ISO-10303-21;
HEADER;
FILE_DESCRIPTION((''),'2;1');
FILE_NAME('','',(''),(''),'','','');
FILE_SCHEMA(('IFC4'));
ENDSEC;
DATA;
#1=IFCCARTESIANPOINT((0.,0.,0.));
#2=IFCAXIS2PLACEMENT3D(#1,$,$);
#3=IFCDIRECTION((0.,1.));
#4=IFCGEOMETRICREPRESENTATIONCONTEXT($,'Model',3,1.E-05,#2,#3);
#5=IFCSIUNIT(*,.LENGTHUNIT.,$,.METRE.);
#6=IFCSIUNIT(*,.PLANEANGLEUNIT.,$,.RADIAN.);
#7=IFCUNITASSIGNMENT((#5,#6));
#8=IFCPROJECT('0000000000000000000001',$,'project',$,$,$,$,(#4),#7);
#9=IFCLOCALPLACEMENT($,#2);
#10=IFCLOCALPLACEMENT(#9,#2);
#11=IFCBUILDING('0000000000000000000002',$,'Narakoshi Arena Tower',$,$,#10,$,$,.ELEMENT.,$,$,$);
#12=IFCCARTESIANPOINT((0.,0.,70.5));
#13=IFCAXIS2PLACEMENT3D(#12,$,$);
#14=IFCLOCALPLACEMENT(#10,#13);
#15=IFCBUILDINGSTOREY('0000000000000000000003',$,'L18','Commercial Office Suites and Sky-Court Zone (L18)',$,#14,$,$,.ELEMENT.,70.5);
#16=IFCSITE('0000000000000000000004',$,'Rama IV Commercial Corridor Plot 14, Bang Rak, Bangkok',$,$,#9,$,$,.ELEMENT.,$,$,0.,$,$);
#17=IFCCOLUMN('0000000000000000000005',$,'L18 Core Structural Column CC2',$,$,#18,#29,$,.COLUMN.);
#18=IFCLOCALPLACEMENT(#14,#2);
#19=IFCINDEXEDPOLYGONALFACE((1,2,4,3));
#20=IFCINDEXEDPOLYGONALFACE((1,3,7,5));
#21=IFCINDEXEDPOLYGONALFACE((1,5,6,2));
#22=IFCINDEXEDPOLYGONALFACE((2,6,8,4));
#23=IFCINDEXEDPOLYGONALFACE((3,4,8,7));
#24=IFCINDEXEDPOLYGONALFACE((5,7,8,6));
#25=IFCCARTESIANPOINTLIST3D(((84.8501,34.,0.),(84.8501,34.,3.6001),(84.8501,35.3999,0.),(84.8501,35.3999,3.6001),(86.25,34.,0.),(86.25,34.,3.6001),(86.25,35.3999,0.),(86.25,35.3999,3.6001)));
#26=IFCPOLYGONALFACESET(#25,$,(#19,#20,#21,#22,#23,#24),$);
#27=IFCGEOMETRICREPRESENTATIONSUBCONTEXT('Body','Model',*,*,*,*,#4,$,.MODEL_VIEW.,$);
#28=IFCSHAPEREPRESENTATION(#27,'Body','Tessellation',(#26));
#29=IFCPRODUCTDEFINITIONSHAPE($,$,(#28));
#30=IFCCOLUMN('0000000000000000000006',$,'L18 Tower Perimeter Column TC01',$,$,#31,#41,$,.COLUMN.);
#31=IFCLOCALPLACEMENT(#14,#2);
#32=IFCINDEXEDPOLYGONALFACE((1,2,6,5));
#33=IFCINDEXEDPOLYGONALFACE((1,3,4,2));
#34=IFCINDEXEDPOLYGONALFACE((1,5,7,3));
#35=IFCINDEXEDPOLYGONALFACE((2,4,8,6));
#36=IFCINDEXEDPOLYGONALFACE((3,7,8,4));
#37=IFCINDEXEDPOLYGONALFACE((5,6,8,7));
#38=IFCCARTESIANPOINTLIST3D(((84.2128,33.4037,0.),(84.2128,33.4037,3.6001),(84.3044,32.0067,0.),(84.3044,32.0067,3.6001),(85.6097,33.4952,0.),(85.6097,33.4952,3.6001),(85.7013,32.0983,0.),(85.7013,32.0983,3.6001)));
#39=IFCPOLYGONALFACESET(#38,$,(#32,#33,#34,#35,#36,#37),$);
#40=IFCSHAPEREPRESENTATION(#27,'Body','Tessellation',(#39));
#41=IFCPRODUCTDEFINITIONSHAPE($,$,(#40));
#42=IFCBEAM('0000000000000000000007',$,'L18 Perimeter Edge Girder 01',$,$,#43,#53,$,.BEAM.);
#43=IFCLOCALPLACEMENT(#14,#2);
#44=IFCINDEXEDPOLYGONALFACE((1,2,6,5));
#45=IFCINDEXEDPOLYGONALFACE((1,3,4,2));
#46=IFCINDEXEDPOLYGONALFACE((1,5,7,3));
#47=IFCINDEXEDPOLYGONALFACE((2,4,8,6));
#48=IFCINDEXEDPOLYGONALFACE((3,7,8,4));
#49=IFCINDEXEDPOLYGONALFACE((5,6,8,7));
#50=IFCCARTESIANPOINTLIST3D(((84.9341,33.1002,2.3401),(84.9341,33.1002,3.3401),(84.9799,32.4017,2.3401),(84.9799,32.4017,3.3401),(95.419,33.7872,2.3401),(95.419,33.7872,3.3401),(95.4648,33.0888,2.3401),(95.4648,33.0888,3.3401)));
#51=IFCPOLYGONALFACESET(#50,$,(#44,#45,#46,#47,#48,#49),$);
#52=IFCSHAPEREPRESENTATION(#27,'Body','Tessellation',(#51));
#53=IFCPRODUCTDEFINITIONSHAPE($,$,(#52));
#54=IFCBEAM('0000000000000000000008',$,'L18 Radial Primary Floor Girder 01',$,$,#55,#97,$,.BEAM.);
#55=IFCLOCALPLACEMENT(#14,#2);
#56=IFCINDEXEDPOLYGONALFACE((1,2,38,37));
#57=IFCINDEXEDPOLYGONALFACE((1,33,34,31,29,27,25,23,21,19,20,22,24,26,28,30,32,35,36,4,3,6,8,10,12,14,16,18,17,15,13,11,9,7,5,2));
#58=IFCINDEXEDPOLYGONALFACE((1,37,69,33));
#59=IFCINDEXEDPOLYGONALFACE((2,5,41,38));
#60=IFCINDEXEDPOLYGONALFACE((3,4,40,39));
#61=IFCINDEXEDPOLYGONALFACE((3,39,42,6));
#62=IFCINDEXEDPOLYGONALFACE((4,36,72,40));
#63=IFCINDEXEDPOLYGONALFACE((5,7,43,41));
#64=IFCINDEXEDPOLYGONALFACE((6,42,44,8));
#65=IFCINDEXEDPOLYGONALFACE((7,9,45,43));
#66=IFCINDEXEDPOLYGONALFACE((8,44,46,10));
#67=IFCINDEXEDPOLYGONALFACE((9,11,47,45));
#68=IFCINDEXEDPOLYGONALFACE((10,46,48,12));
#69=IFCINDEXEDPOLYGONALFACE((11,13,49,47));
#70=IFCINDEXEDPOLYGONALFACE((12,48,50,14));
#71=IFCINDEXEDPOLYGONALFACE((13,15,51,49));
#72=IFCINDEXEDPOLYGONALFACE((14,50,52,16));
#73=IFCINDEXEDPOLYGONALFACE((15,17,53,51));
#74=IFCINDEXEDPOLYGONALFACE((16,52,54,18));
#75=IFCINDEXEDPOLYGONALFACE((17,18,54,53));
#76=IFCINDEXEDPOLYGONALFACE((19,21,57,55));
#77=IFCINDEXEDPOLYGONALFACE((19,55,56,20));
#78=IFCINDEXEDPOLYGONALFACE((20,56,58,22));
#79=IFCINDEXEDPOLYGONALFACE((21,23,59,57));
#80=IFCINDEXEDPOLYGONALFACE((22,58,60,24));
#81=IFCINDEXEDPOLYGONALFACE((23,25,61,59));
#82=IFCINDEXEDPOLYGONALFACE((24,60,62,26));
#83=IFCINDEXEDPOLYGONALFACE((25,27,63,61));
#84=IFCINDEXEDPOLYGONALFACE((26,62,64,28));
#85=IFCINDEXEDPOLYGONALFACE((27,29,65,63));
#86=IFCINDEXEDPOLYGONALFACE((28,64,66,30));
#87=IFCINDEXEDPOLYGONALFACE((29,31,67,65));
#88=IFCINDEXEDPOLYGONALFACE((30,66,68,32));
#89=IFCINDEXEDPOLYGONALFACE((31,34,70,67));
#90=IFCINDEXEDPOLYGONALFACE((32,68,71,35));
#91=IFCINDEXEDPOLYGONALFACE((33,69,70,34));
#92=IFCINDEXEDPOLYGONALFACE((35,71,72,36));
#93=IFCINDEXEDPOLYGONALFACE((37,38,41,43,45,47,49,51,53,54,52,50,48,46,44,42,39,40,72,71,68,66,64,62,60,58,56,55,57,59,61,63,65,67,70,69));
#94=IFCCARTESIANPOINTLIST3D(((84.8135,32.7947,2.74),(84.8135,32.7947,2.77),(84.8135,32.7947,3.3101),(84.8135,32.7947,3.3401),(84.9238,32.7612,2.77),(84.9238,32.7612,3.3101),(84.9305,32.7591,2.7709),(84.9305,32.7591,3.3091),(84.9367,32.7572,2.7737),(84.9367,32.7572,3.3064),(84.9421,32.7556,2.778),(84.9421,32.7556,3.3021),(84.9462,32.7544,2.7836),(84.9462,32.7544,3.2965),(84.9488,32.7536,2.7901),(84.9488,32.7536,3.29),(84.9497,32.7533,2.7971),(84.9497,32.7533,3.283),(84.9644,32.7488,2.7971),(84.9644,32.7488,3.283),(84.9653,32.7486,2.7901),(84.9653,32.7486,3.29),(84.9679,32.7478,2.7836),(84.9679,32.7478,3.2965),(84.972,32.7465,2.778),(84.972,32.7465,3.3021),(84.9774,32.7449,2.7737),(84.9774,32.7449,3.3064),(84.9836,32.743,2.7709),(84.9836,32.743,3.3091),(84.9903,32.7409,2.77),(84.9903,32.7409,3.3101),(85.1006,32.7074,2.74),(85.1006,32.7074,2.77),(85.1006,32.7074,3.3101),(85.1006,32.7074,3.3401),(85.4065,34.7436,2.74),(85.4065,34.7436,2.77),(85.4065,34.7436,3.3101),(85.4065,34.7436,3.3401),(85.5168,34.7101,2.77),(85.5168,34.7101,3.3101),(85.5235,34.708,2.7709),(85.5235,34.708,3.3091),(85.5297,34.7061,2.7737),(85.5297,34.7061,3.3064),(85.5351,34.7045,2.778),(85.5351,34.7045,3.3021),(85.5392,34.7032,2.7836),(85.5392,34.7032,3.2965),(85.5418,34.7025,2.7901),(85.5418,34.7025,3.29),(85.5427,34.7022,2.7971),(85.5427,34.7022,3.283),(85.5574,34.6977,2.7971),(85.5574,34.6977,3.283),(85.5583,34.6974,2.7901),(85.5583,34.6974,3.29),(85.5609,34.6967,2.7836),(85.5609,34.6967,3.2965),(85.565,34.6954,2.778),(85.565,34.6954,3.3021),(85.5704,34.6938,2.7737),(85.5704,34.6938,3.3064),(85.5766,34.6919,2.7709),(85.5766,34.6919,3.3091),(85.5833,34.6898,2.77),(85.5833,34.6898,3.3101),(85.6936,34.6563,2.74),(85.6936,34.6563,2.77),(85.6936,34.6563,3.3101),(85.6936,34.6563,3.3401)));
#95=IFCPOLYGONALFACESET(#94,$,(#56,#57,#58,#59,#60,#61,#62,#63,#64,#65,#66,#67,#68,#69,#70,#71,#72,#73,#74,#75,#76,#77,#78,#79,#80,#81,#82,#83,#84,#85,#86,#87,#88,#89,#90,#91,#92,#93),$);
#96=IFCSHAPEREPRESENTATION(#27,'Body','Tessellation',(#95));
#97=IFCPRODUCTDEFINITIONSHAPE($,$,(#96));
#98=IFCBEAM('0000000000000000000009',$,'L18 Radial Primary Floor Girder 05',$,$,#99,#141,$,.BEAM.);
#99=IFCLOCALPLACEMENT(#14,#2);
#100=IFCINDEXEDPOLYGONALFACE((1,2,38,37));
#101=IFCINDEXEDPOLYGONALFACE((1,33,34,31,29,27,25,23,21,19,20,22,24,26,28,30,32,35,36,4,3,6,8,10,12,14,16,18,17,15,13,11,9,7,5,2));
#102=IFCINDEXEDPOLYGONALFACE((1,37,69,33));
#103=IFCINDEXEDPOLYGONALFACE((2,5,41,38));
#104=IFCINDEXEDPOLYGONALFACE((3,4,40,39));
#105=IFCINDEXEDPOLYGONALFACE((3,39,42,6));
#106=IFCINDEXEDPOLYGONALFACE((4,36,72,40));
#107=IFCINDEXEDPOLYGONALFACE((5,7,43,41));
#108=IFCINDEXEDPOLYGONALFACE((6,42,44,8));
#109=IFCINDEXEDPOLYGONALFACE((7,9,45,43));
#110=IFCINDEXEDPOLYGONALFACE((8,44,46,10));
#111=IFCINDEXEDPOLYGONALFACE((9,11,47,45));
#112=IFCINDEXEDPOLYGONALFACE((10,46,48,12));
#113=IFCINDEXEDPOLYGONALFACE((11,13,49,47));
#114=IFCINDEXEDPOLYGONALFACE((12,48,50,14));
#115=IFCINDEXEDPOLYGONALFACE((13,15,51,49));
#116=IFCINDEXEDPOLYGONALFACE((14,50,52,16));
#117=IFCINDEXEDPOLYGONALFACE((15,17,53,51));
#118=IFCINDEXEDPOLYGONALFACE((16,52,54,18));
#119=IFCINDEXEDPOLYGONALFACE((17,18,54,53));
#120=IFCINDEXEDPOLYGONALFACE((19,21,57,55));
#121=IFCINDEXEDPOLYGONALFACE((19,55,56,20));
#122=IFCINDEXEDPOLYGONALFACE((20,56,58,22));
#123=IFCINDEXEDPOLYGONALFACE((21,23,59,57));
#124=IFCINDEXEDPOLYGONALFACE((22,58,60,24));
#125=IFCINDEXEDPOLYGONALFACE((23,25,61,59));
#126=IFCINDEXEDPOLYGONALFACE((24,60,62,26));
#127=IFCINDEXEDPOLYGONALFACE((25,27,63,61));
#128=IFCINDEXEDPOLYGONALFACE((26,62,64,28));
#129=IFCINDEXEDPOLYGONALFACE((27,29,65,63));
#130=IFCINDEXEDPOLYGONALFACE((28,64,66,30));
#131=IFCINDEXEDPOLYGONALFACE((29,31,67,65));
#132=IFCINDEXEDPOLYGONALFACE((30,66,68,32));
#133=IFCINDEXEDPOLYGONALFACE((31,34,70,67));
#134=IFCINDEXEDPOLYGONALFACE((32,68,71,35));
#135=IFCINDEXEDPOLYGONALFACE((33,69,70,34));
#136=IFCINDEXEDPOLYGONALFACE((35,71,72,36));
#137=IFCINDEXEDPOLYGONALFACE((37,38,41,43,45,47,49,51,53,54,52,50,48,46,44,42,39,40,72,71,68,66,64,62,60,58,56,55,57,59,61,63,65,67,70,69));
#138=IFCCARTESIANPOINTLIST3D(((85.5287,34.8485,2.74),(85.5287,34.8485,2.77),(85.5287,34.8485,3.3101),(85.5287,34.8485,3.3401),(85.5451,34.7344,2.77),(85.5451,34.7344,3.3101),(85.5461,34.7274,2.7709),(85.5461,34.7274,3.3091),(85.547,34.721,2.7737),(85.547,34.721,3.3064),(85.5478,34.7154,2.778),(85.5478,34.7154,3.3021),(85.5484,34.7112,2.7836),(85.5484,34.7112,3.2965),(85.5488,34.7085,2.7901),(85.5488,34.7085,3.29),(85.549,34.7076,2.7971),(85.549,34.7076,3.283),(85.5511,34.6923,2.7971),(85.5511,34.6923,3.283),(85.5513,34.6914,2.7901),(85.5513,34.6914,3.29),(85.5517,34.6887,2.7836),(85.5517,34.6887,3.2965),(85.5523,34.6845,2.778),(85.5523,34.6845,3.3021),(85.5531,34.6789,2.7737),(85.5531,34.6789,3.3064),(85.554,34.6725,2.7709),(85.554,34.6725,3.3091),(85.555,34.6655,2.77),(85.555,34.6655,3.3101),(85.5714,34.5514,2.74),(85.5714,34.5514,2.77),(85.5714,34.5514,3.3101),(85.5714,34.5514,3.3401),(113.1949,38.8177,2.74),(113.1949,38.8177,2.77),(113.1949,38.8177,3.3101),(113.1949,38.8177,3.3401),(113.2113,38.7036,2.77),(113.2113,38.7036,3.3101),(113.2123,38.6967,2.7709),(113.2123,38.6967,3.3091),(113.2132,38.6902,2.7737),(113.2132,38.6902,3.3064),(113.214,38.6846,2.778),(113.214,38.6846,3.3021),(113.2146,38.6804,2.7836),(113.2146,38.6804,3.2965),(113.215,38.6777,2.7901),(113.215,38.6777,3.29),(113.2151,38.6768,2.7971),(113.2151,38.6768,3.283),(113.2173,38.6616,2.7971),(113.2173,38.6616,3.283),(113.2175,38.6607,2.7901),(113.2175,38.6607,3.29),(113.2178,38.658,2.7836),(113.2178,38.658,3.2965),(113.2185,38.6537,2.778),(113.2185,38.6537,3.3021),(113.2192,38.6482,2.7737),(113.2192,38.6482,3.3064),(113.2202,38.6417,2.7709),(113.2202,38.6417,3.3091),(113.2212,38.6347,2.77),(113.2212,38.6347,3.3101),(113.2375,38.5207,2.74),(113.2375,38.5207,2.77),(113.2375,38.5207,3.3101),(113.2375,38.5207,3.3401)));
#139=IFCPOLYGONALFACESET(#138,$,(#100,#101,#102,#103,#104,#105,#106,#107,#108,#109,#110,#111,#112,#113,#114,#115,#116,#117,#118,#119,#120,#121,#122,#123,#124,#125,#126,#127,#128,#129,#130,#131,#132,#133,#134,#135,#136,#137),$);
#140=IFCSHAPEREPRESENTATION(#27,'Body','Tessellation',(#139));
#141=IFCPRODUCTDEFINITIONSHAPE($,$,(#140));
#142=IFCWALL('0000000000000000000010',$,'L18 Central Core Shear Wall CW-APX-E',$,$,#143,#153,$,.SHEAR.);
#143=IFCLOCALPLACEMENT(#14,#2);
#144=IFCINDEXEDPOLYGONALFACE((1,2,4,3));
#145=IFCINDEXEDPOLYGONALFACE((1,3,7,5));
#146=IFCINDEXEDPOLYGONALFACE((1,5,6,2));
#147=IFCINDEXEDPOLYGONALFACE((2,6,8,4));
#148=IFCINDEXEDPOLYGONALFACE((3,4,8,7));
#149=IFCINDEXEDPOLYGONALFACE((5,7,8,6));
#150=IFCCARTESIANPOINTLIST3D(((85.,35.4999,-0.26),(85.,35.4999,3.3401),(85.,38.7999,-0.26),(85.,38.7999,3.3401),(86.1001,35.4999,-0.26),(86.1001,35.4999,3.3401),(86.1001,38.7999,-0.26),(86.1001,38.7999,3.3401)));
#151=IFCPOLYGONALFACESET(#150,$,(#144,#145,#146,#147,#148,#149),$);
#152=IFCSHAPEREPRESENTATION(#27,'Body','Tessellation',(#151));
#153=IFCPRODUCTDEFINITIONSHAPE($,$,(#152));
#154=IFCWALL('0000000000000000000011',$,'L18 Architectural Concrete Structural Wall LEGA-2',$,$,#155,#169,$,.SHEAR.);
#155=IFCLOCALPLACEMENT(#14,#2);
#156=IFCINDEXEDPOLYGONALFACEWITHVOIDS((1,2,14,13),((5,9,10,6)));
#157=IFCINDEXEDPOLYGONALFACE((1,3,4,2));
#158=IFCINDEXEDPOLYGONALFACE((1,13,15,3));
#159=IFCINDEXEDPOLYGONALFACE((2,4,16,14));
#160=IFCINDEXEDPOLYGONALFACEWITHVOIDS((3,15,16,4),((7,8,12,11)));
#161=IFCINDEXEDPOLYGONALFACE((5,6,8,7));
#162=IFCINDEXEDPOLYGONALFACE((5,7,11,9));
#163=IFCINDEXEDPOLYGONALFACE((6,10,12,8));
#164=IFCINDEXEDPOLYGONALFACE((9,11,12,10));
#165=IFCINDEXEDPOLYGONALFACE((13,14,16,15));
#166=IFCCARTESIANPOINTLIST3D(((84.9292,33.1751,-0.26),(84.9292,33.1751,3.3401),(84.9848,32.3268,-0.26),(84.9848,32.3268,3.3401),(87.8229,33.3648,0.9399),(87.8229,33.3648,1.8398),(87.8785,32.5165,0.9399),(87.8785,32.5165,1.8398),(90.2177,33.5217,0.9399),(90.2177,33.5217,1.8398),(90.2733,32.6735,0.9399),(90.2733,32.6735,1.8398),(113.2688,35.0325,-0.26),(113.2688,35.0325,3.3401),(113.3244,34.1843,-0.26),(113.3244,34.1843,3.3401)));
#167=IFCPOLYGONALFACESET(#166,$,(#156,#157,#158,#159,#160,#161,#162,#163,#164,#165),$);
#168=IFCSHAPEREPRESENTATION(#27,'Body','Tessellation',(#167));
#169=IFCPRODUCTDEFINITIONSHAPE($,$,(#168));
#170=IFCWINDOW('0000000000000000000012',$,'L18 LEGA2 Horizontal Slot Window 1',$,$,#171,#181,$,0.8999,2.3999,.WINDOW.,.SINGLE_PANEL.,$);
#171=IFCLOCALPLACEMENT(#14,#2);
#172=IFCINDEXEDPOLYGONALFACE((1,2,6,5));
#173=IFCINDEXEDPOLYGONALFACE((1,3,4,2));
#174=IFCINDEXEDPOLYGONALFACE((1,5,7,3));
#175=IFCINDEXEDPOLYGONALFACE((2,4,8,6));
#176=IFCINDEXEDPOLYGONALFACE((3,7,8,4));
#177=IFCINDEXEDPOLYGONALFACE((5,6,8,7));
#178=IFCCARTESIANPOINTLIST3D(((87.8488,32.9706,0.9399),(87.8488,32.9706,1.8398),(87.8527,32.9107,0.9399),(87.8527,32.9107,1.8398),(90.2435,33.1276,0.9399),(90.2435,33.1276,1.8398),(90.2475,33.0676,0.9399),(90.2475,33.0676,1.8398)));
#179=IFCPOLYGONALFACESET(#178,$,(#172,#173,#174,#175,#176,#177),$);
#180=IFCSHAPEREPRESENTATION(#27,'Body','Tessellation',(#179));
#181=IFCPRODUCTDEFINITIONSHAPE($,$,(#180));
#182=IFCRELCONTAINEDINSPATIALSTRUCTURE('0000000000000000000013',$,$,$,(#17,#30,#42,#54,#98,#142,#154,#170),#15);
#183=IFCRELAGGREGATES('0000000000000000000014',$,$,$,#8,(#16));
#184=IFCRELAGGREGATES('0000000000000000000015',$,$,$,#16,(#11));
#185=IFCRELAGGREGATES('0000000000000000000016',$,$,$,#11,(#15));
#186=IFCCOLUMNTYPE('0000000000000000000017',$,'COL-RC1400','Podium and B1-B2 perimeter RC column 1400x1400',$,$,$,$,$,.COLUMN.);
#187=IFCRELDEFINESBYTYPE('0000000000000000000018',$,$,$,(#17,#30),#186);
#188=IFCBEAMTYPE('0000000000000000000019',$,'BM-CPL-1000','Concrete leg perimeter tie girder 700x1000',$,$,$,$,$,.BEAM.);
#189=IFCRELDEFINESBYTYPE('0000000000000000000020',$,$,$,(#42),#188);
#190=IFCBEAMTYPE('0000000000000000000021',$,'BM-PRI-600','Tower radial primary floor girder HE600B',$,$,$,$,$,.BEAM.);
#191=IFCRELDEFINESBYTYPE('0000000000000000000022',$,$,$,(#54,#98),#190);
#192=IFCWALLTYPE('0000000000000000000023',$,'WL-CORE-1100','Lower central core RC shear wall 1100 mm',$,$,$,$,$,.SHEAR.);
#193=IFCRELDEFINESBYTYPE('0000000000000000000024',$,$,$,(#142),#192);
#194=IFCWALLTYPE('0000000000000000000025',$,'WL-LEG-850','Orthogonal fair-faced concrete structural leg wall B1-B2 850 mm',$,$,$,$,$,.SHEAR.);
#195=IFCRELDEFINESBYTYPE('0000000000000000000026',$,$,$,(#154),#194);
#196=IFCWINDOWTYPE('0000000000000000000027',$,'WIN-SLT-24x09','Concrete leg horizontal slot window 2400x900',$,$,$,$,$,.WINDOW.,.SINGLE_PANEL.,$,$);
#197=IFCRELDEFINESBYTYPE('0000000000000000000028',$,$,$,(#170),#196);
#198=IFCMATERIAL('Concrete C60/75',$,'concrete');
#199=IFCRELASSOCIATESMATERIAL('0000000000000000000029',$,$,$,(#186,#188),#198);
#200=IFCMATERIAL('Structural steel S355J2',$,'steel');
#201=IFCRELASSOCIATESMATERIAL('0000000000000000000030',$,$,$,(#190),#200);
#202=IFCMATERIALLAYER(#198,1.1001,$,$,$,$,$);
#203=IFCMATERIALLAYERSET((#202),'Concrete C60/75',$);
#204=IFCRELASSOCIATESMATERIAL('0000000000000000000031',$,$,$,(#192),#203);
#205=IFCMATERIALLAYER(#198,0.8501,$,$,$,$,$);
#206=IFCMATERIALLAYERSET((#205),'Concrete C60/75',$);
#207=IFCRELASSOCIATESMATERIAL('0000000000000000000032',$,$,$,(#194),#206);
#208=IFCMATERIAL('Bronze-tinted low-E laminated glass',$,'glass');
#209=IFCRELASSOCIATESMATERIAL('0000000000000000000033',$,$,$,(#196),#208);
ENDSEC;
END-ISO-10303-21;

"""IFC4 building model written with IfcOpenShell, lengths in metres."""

from ifc_helpers import new_model, si_unit, direction, frame, frame_2d, origin, origin_2d, place, context, subcontext, project, spatial, rectangle, i_section, extrude, material, layer, layer_set, material_profile, profile_set, type_object, element, fill, save


model = new_model("IFC4")

# Units and contexts
model_context = context("Model", 3, precision=1e-05, world=origin(), true_north=direction((0.0, 1.0)))
body_context = subcontext(model_context, "Body", "Model", "MODEL_VIEW")
ifc_project = project(units=[si_unit("LENGTHUNIT", "METRE"), si_unit("PLANEANGLEUNIT", "RADIAN")], contexts=[model_context])

# Site, building, storey
site_placement = place(None, origin())
site = spatial("IfcSite", under=ifc_project, at=site_placement, Name="Rama IV Commercial Corridor Plot 14, Bang Rak, Bangkok", CompositionType="ELEMENT", RefElevation=0.0)
building_placement = place(site_placement, origin())
building = spatial("IfcBuilding", under=site, at=building_placement, Name="Narakoshi Arena Tower", CompositionType="ELEMENT")
storey_placement = place(building_placement, frame((0.0, 0.0, 70.5)))
storey = spatial("IfcBuildingStorey", under=building, at=storey_placement, Name="L18", Description="Commercial Office Suites and Sky-Court Zone (L18)", CompositionType="ELEMENT", Elevation=70.5)

# Columns
ifc_material_1 = material(Name="Concrete C60/75", Category="concrete")
ifc_material_profile_1 = material_profile(ifc_material_1, rectangle(XDim=1.3999, YDim=1.3999, at=origin_2d()), Name="RC1400x1400")
ifc_profile_set_1 = profile_set([ifc_material_profile_1], Name="Concrete C60/75")
column_type = type_object("IfcColumnType", Name="COL-RC1400", Description="Podium and B1-B2 perimeter RC column 1400x1400", PredefinedType="COLUMN", material=ifc_profile_set_1)
for number, where, z_axis, x_axis, name in (
    (1, (85.55, 34.7, 0.0), (0.0, 0.0, 1.0), (1.0, 0.0, 0.0), "L18 Core Structural Column CC2"),
    (2, (84.957, 32.751, 0.0), (0.0, 0.0, 1.0), (0.997859, 0.065403, 0.0), "L18 Tower Perimeter Column TC01"),
):
    element("IfcColumn", number, at=place(storey_placement, frame(where, z_axis=z_axis, x_axis=x_axis)), inside=storey, type_object=column_type, Name=name, PredefinedType="COLUMN", context=body_context, shape_type="SweptSolid", body=[
        extrude(rectangle(XDim=1.3999, YDim=1.3999, at=origin_2d()), origin(), (0.0, 0.0, 1.0), 3.6001),
    ])

# Beams
ifc_material_profile_2 = material_profile(ifc_material_1, rectangle(XDim=0.7, YDim=1.0, at=origin_2d()), Name="RCB700x1000")
ifc_profile_set_2 = profile_set([ifc_material_profile_2], Name="Concrete C60/75")
beam_type_1 = type_object("IfcBeamType", Name="BM-CPL-1000", Description="Concrete leg perimeter tie girder 700x1000", PredefinedType="BEAM", material=ifc_profile_set_2)
beam_1_placement = place(storey_placement, frame((84.957, 32.751, 2.8401), z_axis=(0.99786, 0.065384, 0.0), x_axis=(-0.065384, 0.99786, 0.0)))
element("IfcBeam", 3, at=beam_1_placement, inside=storey, type_object=beam_type_1, Name="L18 Perimeter Edge Girder 01", PredefinedType="BEAM", context=body_context, shape_type="SweptSolid", body=[
    extrude(rectangle(XDim=0.7, YDim=1.0, at=origin_2d()), origin(), (0.0, 0.0, 1.0), 10.5073),
])
ifc_material_2 = material(Name="Structural steel S355J2", Category="steel")
ifc_material_profile_3 = material_profile(ifc_material_2, i_section(OverallWidth=0.3, OverallDepth=0.6001, WebThickness=0.0154, FlangeThickness=0.03, FilletRadius=0.0271, at=origin_2d()), Name="HE600B")
ifc_profile_set_3 = profile_set([ifc_material_profile_3], Name="Structural steel S355J2")
beam_type_2 = type_object("IfcBeamType", Name="BM-PRI-600", Description="Tower radial primary floor girder HE600B", PredefinedType="BEAM", material=ifc_profile_set_3)
beam_2_placement = place(storey_placement, frame((85.55, 34.7, 3.04), z_axis=(-0.291095, -0.956694, 0.0), x_axis=(0.956694, -0.291095, 0.0)))
element("IfcBeam", 4, at=beam_2_placement, inside=storey, type_object=beam_type_2, Name="L18 Radial Primary Floor Girder 01", PredefinedType="BEAM", context=body_context, shape_type="SweptSolid", body=[
    extrude(i_section(OverallWidth=0.3, OverallDepth=0.6001, WebThickness=0.0154, FlangeThickness=0.03, FilletRadius=0.0271, at=origin_2d()), origin(), (0.0, 0.0, 1.0), 2.0371),
])
beam_3_placement = place(storey_placement, frame((85.55, 34.7, 3.04), z_axis=(0.989865, 0.142014, 0.0), x_axis=(-0.142014, 0.989865, 0.0)))
element("IfcBeam", 5, at=beam_3_placement, inside=storey, type_object=beam_type_2, Name="L18 Radial Primary Floor Girder 05", PredefinedType="BEAM", context=body_context, shape_type="SweptSolid", body=[
    extrude(i_section(OverallWidth=0.3, OverallDepth=0.6001, WebThickness=0.0154, FlangeThickness=0.03, FilletRadius=0.0271, at=origin_2d()), origin(), (0.0, 0.0, 1.0), 27.9495),
])

# Wall
ifc_layer_1 = layer(ifc_material_1, 1.1001)
ifc_layer_set_1 = layer_set([ifc_layer_1], Name="Concrete C60/75")
wall_type_1 = type_object("IfcWallType", Name="WL-CORE-1100", Description="Lower central core RC shear wall 1100 mm", PredefinedType="SHEAR", material=ifc_layer_set_1)
wall_1_placement = place(storey_placement, frame((85.55, 35.5, -0.26), z_axis=(0.0, 0.0, 1.0), x_axis=(0.0, 1.0, 0.0)))
element("IfcWall", 6, at=wall_1_placement, inside=storey, type_object=wall_type_1, Name="L18 Central Core Shear Wall CW-APX-E", PredefinedType="SHEAR", context=body_context, shape_type="SweptSolid", body=[
    extrude(rectangle(XDim=3.3, YDim=1.1001, at=frame_2d((1.6499, 0.0))), origin(), (0.0, 0.0, 1.0), 3.6001),
])

# Wall, opening, window
ifc_layer_2 = layer(ifc_material_1, 0.8501)
ifc_layer_set_2 = layer_set([ifc_layer_2], Name="Concrete C60/75")
wall_type_2 = type_object("IfcWallType", Name="WL-LEG-850", Description="Orthogonal fair-faced concrete structural leg wall B1-B2 850 mm", PredefinedType="SHEAR", material=ifc_layer_set_2)
wall_2_placement = place(storey_placement, frame((84.957, 32.751, -0.26), z_axis=(0.0, 0.0, 1.0), x_axis=(0.997859, 0.065401, 0.0)))
wall_2 = element("IfcWall", 7, at=wall_2_placement, inside=storey, type_object=wall_type_2, Name="L18 Architectural Concrete Structural Wall LEGA-2", PredefinedType="SHEAR", context=body_context, shape_type="SweptSolid", body=[
    extrude(rectangle(XDim=28.4004, YDim=0.8501, at=frame_2d((14.2002, 0.0))), origin(), (0.0, 0.0, 1.0), 3.6001),
])
opening_1_placement = place(wall_2_placement, frame((2.8999, 0.0, 1.2)))
opening_1 = element("IfcOpeningElement", 8, at=opening_1_placement, cuts=wall_2, PredefinedType="OPENING", context=body_context, shape_type="SweptSolid", body=[
    extrude(rectangle(XDim=2.3999, YDim=0.8999, at=frame_2d((1.2, 0.45))), frame((0.0, 0.4351, 0.0), z_axis=(0.0, -1.0, 0.0), x_axis=(1.0, 0.0, 0.0)), (0.0, 0.0, 1.0), 0.8701),
])
ifc_material_3 = material(Name="Bronze-tinted low-E laminated glass", Category="glass")
window_type = type_object("IfcWindowType", Name="WIN-SLT-24x09", Description="Concrete leg horizontal slot window 2400x900", PartitioningType="SINGLE_PANEL", PredefinedType="WINDOW", material=ifc_material_3)
window_placement = place(opening_1_placement, origin())
window = element("IfcWindow", 9, at=window_placement, inside=storey, type_object=window_type, Name="L18 LEGA2 Horizontal Slot Window 1", OverallHeight=0.8999, OverallWidth=2.3999, PartitioningType="SINGLE_PANEL", PredefinedType="WINDOW", context=body_context, shape_type="SweptSolid", body=[
    extrude(rectangle(XDim=2.3999, YDim=0.8999, at=frame_2d((1.2, 0.45))), frame((0.0, 0.03, 0.0), z_axis=(0.0, -1.0, 0.0), x_axis=(1.0, 0.0, 0.0)), (0.0, 0.0, 1.0), 0.0601),
])
fill(opening_1, window)

save(model, "model.ifc")
